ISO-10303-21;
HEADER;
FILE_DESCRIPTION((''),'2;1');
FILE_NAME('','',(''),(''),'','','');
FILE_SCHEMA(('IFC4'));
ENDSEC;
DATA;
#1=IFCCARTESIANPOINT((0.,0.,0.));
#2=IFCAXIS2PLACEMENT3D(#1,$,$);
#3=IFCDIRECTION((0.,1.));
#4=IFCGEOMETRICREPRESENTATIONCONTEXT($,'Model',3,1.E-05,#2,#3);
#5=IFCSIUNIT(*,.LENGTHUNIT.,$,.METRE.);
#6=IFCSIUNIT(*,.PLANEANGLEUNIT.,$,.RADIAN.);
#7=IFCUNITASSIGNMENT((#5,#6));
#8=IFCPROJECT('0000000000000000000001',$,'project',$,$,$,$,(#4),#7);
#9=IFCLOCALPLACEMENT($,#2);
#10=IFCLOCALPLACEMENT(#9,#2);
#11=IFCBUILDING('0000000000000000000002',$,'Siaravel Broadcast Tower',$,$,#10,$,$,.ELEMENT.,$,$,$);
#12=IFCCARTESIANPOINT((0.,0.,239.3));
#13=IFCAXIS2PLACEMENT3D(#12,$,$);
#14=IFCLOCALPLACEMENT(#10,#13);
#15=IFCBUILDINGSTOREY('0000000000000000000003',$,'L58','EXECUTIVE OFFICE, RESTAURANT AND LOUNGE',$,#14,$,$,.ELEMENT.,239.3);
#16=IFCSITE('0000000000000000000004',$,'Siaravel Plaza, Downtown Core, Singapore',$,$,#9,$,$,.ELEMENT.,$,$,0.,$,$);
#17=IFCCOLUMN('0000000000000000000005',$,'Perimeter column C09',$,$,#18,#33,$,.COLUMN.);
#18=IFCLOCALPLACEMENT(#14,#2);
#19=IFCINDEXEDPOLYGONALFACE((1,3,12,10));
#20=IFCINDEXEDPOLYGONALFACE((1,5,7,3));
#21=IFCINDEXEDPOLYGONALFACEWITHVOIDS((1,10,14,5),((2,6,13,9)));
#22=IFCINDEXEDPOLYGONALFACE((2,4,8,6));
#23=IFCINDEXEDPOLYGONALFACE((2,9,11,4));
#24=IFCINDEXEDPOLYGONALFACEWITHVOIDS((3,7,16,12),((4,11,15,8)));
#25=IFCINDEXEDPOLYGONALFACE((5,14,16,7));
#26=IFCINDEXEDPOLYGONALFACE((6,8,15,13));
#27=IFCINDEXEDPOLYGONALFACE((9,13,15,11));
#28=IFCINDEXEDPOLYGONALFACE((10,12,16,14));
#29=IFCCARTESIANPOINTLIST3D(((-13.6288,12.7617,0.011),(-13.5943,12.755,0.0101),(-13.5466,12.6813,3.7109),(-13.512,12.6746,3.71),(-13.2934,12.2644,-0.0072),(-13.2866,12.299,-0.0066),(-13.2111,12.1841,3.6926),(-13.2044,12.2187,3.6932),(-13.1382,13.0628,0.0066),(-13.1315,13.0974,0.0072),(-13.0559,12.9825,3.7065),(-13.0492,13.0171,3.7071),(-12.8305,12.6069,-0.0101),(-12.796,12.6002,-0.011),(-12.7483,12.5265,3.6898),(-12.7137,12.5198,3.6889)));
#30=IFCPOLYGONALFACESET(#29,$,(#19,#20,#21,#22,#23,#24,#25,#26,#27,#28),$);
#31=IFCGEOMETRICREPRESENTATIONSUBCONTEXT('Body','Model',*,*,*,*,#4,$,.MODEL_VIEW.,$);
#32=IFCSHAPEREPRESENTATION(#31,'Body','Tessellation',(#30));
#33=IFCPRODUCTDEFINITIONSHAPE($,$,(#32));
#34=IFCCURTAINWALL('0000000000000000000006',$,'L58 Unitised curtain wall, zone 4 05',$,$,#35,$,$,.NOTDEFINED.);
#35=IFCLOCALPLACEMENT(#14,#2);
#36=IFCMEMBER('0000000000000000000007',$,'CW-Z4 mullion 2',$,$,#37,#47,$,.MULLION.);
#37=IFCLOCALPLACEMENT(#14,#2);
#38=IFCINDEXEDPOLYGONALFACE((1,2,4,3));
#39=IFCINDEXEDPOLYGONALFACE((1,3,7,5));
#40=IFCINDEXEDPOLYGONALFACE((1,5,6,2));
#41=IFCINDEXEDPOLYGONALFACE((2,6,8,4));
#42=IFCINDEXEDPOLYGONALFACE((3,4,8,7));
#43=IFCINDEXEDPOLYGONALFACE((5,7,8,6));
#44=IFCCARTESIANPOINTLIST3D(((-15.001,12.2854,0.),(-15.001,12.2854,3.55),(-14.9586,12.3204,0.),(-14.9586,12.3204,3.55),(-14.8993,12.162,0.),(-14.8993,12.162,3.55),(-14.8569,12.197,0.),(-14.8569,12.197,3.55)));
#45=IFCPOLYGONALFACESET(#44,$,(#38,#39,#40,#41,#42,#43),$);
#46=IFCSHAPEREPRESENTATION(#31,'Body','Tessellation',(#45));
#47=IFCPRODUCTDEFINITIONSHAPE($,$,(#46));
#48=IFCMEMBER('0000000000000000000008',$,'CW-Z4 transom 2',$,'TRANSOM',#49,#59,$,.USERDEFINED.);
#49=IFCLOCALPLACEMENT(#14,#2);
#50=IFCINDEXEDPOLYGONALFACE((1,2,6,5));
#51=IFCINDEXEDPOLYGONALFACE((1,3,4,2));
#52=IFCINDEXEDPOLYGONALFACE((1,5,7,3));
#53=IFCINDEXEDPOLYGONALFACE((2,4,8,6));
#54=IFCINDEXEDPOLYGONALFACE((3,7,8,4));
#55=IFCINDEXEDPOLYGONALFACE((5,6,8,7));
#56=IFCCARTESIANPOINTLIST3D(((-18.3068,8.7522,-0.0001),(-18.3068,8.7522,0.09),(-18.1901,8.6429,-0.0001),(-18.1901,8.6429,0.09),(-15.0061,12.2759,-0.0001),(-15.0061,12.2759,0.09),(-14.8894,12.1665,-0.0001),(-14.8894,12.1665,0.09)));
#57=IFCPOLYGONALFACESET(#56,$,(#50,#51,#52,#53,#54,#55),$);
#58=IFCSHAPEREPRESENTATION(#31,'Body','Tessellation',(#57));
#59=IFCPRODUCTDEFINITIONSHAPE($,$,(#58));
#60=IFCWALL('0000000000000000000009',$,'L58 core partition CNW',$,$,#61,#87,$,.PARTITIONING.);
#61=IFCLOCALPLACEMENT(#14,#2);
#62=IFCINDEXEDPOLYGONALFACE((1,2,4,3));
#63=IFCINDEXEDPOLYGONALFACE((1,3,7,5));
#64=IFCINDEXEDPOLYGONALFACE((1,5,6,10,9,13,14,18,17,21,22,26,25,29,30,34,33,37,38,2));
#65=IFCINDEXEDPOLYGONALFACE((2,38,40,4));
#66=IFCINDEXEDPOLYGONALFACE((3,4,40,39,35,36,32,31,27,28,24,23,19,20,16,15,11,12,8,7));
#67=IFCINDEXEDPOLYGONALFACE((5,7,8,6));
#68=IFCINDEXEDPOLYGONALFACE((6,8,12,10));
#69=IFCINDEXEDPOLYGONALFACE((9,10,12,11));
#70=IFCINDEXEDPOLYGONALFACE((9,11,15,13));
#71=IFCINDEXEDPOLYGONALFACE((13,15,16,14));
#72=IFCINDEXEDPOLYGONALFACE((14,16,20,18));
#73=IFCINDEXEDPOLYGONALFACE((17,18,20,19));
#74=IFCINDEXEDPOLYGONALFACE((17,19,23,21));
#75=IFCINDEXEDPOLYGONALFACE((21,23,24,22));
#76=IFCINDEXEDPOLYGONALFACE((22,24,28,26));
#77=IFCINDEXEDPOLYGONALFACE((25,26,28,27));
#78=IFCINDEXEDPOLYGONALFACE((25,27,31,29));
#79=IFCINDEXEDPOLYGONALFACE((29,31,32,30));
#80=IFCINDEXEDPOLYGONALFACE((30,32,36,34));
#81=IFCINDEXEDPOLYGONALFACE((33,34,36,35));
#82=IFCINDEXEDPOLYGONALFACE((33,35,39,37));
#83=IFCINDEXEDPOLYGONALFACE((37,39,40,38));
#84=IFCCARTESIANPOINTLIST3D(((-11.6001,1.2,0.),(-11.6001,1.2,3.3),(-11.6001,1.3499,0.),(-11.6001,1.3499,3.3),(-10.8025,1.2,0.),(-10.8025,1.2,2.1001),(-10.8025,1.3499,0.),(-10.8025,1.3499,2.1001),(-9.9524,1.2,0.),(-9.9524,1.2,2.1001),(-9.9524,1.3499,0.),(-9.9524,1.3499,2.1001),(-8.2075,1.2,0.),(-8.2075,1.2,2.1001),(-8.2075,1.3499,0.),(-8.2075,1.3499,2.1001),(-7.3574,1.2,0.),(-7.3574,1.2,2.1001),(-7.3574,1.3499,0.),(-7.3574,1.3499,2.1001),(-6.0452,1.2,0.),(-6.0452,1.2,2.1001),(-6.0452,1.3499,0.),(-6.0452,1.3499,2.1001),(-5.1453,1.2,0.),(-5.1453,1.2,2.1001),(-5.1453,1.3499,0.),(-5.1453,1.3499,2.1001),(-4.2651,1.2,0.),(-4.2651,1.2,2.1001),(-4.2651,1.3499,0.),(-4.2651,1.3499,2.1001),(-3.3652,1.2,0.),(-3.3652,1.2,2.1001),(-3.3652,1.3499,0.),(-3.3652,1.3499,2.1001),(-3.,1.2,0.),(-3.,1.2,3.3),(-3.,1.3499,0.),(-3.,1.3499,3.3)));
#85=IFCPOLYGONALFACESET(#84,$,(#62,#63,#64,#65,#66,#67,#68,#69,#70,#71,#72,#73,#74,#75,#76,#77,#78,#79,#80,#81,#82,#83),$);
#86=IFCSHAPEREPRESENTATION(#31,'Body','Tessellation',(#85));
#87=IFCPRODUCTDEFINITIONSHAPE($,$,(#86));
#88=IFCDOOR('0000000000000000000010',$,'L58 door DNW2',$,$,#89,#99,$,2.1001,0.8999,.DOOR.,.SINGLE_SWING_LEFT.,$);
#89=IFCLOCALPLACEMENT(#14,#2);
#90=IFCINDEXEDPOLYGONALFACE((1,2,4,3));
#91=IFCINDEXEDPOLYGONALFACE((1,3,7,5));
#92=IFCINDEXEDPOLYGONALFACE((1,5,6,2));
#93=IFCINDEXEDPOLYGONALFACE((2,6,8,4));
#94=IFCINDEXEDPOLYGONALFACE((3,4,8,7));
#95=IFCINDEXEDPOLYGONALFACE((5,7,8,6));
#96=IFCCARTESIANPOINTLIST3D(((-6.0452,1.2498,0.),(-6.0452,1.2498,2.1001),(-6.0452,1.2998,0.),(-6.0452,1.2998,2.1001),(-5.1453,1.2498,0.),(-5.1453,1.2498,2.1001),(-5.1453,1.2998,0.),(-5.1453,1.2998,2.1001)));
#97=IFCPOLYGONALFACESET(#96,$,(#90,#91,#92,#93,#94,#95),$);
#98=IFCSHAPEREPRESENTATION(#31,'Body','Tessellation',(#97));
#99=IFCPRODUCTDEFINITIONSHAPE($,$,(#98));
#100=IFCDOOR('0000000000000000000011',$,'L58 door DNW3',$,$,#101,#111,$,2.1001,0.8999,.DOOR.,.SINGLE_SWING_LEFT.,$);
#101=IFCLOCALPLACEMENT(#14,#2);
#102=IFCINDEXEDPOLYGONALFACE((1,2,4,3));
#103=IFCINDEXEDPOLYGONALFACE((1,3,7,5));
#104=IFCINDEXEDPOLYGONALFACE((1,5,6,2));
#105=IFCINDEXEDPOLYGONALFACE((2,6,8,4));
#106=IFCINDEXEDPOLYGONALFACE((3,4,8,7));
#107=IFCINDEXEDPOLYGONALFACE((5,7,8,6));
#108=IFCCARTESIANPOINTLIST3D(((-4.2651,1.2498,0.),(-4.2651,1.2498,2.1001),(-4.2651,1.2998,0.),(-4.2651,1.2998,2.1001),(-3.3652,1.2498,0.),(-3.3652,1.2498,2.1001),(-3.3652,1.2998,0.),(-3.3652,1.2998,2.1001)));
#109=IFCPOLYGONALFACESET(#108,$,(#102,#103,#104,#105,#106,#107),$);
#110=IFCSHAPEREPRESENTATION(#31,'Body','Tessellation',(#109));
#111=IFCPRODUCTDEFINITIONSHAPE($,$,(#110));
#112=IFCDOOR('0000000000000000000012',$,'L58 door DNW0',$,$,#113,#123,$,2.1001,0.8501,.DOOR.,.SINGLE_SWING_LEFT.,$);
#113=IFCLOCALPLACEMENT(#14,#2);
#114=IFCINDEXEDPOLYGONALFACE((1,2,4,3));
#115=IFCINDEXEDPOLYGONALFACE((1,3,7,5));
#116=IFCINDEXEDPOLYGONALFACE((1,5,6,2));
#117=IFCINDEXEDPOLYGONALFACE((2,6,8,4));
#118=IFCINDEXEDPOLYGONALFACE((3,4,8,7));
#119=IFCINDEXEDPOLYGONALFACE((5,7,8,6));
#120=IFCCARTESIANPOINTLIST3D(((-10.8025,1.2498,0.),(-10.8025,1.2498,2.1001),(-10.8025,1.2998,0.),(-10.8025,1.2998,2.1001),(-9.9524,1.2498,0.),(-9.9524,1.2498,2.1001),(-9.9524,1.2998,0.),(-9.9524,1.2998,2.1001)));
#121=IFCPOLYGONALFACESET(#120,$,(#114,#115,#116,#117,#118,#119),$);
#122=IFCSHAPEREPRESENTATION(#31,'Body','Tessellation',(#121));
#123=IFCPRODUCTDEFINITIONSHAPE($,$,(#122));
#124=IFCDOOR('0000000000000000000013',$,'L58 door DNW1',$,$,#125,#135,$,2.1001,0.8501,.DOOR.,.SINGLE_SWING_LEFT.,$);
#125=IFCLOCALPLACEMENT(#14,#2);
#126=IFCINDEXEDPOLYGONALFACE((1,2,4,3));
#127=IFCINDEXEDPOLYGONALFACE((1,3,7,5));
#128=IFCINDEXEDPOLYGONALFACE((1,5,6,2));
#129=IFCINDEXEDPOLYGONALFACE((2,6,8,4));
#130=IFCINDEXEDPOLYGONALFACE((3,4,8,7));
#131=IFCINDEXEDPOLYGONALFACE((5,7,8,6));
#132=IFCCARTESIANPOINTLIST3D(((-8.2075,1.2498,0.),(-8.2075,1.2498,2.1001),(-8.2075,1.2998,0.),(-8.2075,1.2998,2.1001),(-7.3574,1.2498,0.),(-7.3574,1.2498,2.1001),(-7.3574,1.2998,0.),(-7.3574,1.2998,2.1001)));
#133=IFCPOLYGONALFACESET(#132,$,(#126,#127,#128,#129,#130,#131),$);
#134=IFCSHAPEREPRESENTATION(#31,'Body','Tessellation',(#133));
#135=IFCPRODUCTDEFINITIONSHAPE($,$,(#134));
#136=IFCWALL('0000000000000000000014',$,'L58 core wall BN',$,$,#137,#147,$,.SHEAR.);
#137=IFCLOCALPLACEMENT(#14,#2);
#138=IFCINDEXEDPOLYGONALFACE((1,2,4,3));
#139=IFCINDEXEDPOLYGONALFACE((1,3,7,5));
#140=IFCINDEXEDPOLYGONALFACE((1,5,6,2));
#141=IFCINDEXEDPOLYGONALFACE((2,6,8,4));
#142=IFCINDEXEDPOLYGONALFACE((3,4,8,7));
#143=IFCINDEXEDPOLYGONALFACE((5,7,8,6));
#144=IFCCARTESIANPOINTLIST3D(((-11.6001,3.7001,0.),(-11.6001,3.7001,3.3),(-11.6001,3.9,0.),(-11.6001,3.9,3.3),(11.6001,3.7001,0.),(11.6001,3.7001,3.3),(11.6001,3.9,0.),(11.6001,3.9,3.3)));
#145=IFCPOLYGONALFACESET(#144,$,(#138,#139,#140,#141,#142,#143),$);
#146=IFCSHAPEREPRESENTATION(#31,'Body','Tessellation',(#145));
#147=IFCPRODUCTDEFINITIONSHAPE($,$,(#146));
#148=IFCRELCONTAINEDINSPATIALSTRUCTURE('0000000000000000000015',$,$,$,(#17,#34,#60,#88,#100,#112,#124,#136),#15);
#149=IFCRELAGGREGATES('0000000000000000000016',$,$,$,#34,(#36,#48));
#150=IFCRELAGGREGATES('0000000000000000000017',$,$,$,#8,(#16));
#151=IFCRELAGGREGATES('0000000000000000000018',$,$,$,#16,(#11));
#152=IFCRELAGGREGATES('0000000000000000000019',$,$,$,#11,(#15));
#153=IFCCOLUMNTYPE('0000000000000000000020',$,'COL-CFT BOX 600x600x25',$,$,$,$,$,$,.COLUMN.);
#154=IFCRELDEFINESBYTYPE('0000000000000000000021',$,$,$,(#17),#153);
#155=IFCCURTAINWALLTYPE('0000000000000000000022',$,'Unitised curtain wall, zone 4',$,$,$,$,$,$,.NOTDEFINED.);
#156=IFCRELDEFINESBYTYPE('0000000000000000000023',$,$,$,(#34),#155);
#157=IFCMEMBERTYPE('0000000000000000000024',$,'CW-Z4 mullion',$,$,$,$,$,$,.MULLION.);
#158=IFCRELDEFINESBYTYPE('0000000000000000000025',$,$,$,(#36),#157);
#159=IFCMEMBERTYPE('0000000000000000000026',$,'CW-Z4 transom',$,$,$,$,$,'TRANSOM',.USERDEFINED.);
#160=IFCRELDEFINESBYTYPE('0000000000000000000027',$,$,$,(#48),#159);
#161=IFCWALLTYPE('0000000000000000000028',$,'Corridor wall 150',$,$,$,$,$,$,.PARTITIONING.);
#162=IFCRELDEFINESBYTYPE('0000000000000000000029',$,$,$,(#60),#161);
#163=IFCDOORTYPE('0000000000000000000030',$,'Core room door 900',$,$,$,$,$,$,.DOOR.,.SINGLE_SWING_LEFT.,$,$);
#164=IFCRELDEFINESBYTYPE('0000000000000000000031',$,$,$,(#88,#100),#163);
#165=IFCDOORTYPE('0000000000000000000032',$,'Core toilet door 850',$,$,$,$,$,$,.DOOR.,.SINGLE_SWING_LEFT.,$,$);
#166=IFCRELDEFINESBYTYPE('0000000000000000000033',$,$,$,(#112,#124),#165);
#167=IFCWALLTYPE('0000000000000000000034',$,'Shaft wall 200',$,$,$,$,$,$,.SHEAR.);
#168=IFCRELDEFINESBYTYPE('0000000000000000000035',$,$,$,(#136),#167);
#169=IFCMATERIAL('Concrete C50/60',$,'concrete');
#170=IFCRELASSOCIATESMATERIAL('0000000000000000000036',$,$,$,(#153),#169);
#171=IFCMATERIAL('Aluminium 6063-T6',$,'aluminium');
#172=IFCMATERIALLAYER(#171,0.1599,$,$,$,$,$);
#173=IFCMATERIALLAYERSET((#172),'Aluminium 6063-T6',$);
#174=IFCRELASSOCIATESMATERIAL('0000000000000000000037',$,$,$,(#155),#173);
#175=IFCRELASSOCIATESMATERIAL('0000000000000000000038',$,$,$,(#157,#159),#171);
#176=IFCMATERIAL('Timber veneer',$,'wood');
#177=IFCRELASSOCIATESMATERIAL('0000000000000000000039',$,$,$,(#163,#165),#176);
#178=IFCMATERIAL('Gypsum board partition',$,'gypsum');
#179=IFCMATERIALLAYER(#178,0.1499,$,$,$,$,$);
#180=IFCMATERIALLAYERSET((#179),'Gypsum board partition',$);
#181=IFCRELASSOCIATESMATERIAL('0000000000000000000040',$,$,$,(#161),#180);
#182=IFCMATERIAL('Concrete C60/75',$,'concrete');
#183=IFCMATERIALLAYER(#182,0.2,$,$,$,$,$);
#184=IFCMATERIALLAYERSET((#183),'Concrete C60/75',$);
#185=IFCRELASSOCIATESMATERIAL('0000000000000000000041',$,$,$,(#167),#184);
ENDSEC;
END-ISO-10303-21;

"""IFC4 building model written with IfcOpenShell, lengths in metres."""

from ifc_helpers import new_model, si_unit, direction, frame, frame_2d, origin, origin_2d, place, context, subcontext, project, spatial, rectangle, hollow_rectangle, extrude, material, layer, layer_set, material_profile, profile_set, type_object, element, fill, aggregate, save


model = new_model("IFC4")

# Units and contexts
model_context = context("Model", 3, precision=1e-05, world=origin(), true_north=direction((0.0, 1.0)))
body_context = subcontext(model_context, "Body", "Model", "MODEL_VIEW")
ifc_project = project(units=[si_unit("LENGTHUNIT", "METRE"), si_unit("PLANEANGLEUNIT", "RADIAN")], contexts=[model_context])

# Site, building, storey
site_placement = place(None, origin())
site = spatial("IfcSite", under=ifc_project, at=site_placement, Name="Siaravel Plaza, Downtown Core, Singapore", CompositionType="ELEMENT", RefElevation=0.0)
building_placement = place(site_placement, origin())
building = spatial("IfcBuilding", under=site, at=building_placement, Name="Siaravel Broadcast Tower", CompositionType="ELEMENT")
storey_placement = place(building_placement, frame((0.0, 0.0, 239.3)))
storey = spatial("IfcBuildingStorey", under=building, at=storey_placement, Name="L58", Description="EXECUTIVE OFFICE, RESTAURANT AND LOUNGE", CompositionType="ELEMENT", Elevation=239.3)

# Column
ifc_material_1 = material(Name="Concrete C50/60", Category="concrete")
ifc_material_profile_1 = material_profile(ifc_material_1, hollow_rectangle(XDim=0.6001, YDim=0.6001, WallThickness=0.0249, at=origin_2d()))
ifc_profile_set_1 = profile_set([ifc_material_profile_1], Name="Concrete C50/60")
column_type = type_object("IfcColumnType", Name="COL-CFT BOX 600x600x25", PredefinedType="COLUMN", material=ifc_profile_set_1)
column_placement = place(storey_placement, frame((-13.2124, 12.6809, 0.0), z_axis=(0.022226, -0.021699, 0.999517), x_axis=(0.828839, 0.559452, -0.006286)))
element("IfcColumn", 1, at=column_placement, inside=storey, type_object=column_type, Name="Perimeter column C09", PredefinedType="COLUMN", context=body_context, shape_type="SweptSolid", body=[
    extrude(hollow_rectangle(XDim=0.6001, YDim=0.6001, WallThickness=0.0249, at=origin_2d()), origin(), (0.0, 0.0, 1.0), 3.7017),
])

# Curtain wall, members
ifc_material_2 = material(Name="Aluminium 6063-T6", Category="aluminium")
ifc_layer_1 = layer(ifc_material_2, 0.1599)
ifc_layer_set_1 = layer_set([ifc_layer_1], Name="Aluminium 6063-T6")
curtain_wall_type = type_object("IfcCurtainWallType", Name="Unitised curtain wall, zone 4", PredefinedType="NOTDEFINED", material=ifc_layer_set_1)
curtain_wall_placement = place(storey_placement, origin())
curtain_wall = element("IfcCurtainWall", 2, at=curtain_wall_placement, inside=storey, type_object=curtain_wall_type, Name="L58 Unitised curtain wall, zone 4 05", PredefinedType="NOTDEFINED")
ifc_material_profile_2 = material_profile(ifc_material_2, rectangle(XDim=0.1599, YDim=0.0549, at=origin_2d()))
ifc_profile_set_2 = profile_set([ifc_material_profile_2], Name="Aluminium 6063-T6")
member_type_1 = type_object("IfcMemberType", Name="CW-Z4 mullion", PredefinedType="MULLION", material=ifc_profile_set_2)
member_1_placement = place(storey_placement, frame((-14.929, 12.2412, 0.0), z_axis=(0.0, 0.0, 1.0), x_axis=(0.63622, -0.771508, 0.0)))
member_1 = element("IfcMember", 3, at=member_1_placement, type_object=member_type_1, Name="CW-Z4 mullion 2", PredefinedType="MULLION", context=body_context, shape_type="SweptSolid", body=[
    extrude(rectangle(XDim=0.1599, YDim=0.0549, at=origin_2d()), origin(), (0.0, 0.0, 1.0), 3.55),
])
ifc_material_profile_3 = material_profile(ifc_material_2, rectangle(XDim=0.1599, YDim=0.0901, at=origin_2d()))
ifc_profile_set_3 = profile_set([ifc_material_profile_3], Name="Aluminium 6063-T6")
member_type_2 = type_object("IfcMemberType", Name="CW-Z4 transom", ElementType="TRANSOM", PredefinedType="USERDEFINED", material=ifc_profile_set_3)
member_2_placement = place(storey_placement, frame((-14.9478, 12.2212, 0.0449), z_axis=(-0.683647, -0.729813, 0.0), x_axis=(0.729813, -0.683647, 0.0)))
member_2 = element("IfcMember", 4, at=member_2_placement, type_object=member_type_2, Name="CW-Z4 transom 2", ObjectType="TRANSOM", PredefinedType="USERDEFINED", context=body_context, shape_type="SweptSolid", body=[
    extrude(rectangle(XDim=0.1599, YDim=0.0901, at=origin_2d()), origin(), (0.0, 0.0, 1.0), 4.8281),
])
aggregate(curtain_wall, [member_1, member_2])

# Wall, openings, doors
ifc_material_3 = material(Name="Concrete C60/75", Category="concrete")
ifc_material_4 = material(Name="Timber veneer", Category="wood")
door_type_1 = type_object("IfcDoorType", Name="Core room door 900", OperationType="SINGLE_SWING_LEFT", PredefinedType="DOOR", material=ifc_material_4)
ifc_material_5 = material(Name="Gypsum board partition", Category="gypsum")
ifc_layer_2 = layer(ifc_material_5, 0.1499)
ifc_layer_set_2 = layer_set([ifc_layer_2], Name="Gypsum board partition")
wall_type_1 = type_object("IfcWallType", Name="Corridor wall 150", PredefinedType="PARTITIONING", material=ifc_layer_set_2)
wall_1_placement = place(storey_placement, frame((-11.6001, 1.2749, 0.0), z_axis=(0.0, 0.0, 1.0), x_axis=(1.0, 0.0, 0.0)))
wall_1 = element("IfcWall", 5, at=wall_1_placement, inside=storey, type_object=wall_type_1, Name="L58 core partition CNW", PredefinedType="PARTITIONING", context=body_context, shape_type="SweptSolid", body=[
    extrude(rectangle(XDim=8.6001, YDim=0.1499, at=frame_2d((4.3, 0.0))), origin(), (0.0, 0.0, 1.0), 3.3),
])
opening_1_placement = place(wall_1_placement, frame((0.7976, 0.0, 0.0)))
opening_1 = element("IfcOpeningElement", 6, at=opening_1_placement, cuts=wall_1, PredefinedType="OPENING", context=body_context, shape_type="SweptSolid", body=[
    extrude(rectangle(XDim=0.8501, YDim=2.1001, at=frame_2d((0.425, 1.05))), frame((0.0, 0.085, 0.0), z_axis=(0.0, -1.0, 0.0), x_axis=(1.0, 0.0, 0.0)), (0.0, 0.0, 1.0), 0.1699),
])
opening_2_placement = place(wall_1_placement, frame((3.3926, 0.0, 0.0)))
opening_2 = element("IfcOpeningElement", 7, at=opening_2_placement, cuts=wall_1, PredefinedType="OPENING", context=body_context, shape_type="SweptSolid", body=[
    extrude(rectangle(XDim=0.8501, YDim=2.1001, at=frame_2d((0.425, 1.05))), frame((0.0, 0.085, 0.0), z_axis=(0.0, -1.0, 0.0), x_axis=(1.0, 0.0, 0.0)), (0.0, 0.0, 1.0), 0.1699),
])
opening_3_placement = place(wall_1_placement, frame((5.5549, 0.0, 0.0)))
opening_3 = element("IfcOpeningElement", 8, at=opening_3_placement, cuts=wall_1, PredefinedType="OPENING", context=body_context, shape_type="SweptSolid", body=[
    extrude(rectangle(XDim=0.8999, YDim=2.1001, at=frame_2d((0.45, 1.05))), frame((0.0, 0.085, 0.0), z_axis=(0.0, -1.0, 0.0), x_axis=(1.0, 0.0, 0.0)), (0.0, 0.0, 1.0), 0.1699),
])
opening_4_placement = place(wall_1_placement, frame((7.335, 0.0, 0.0)))
opening_4 = element("IfcOpeningElement", 9, at=opening_4_placement, cuts=wall_1, PredefinedType="OPENING", context=body_context, shape_type="SweptSolid", body=[
    extrude(rectangle(XDim=0.8999, YDim=2.1001, at=frame_2d((0.45, 1.05))), frame((0.0, 0.085, 0.0), z_axis=(0.0, -1.0, 0.0), x_axis=(1.0, 0.0, 0.0)), (0.0, 0.0, 1.0), 0.1699),
])
door_1_placement = place(opening_3_placement, origin())
door_1 = element("IfcDoor", 10, at=door_1_placement, inside=storey, type_object=door_type_1, Name="L58 door DNW2", OperationType="SINGLE_SWING_LEFT", OverallHeight=2.1001, OverallWidth=0.8999, PredefinedType="DOOR", context=body_context, shape_type="SweptSolid", body=[
    extrude(rectangle(XDim=0.8999, YDim=2.1001, at=frame_2d((0.45, 1.05))), frame((0.0, 0.0249, 0.0), z_axis=(0.0, -1.0, 0.0), x_axis=(1.0, 0.0, 0.0)), (0.0, 0.0, 1.0), 0.05),
])
fill(opening_3, door_1)
door_2_placement = place(opening_4_placement, origin())
door_2 = element("IfcDoor", 11, at=door_2_placement, inside=storey, type_object=door_type_1, Name="L58 door DNW3", OperationType="SINGLE_SWING_LEFT", OverallHeight=2.1001, OverallWidth=0.8999, PredefinedType="DOOR", context=body_context, shape_type="SweptSolid", body=[
    extrude(rectangle(XDim=0.8999, YDim=2.1001, at=frame_2d((0.45, 1.05))), frame((0.0, 0.0249, 0.0), z_axis=(0.0, -1.0, 0.0), x_axis=(1.0, 0.0, 0.0)), (0.0, 0.0, 1.0), 0.05),
])
fill(opening_4, door_2)
door_type_2 = type_object("IfcDoorType", Name="Core toilet door 850", OperationType="SINGLE_SWING_LEFT", PredefinedType="DOOR", material=ifc_material_4)
door_3_placement = place(opening_1_placement, origin())
door_3 = element("IfcDoor", 12, at=door_3_placement, inside=storey, type_object=door_type_2, Name="L58 door DNW0", OperationType="SINGLE_SWING_LEFT", OverallHeight=2.1001, OverallWidth=0.8501, PredefinedType="DOOR", context=body_context, shape_type="SweptSolid", body=[
    extrude(rectangle(XDim=0.8501, YDim=2.1001, at=frame_2d((0.425, 1.05))), frame((0.0, 0.0249, 0.0), z_axis=(0.0, -1.0, 0.0), x_axis=(1.0, 0.0, 0.0)), (0.0, 0.0, 1.0), 0.05),
])
fill(opening_1, door_3)
door_4_placement = place(opening_2_placement, origin())
door_4 = element("IfcDoor", 13, at=door_4_placement, inside=storey, type_object=door_type_2, Name="L58 door DNW1", OperationType="SINGLE_SWING_LEFT", OverallHeight=2.1001, OverallWidth=0.8501, PredefinedType="DOOR", context=body_context, shape_type="SweptSolid", body=[
    extrude(rectangle(XDim=0.8501, YDim=2.1001, at=frame_2d((0.425, 1.05))), frame((0.0, 0.0249, 0.0), z_axis=(0.0, -1.0, 0.0), x_axis=(1.0, 0.0, 0.0)), (0.0, 0.0, 1.0), 0.05),
])
fill(opening_2, door_4)

# Wall
ifc_layer_3 = layer(ifc_material_3, 0.2)
ifc_layer_set_3 = layer_set([ifc_layer_3], Name="Concrete C60/75")
wall_type_2 = type_object("IfcWallType", Name="Shaft wall 200", PredefinedType="SHEAR", material=ifc_layer_set_3)
wall_2_placement = place(storey_placement, frame((-11.6001, 3.8, 0.0), z_axis=(0.0, 0.0, 1.0), x_axis=(1.0, 0.0, 0.0)))
element("IfcWall", 14, at=wall_2_placement, inside=storey, type_object=wall_type_2, Name="L58 core wall BN", PredefinedType="SHEAR", context=body_context, shape_type="SweptSolid", body=[
    extrude(rectangle(XDim=23.2002, YDim=0.2, at=frame_2d((11.6001, 0.0))), origin(), (0.0, 0.0, 1.0), 3.3),
])

save(model, "model.ifc")
